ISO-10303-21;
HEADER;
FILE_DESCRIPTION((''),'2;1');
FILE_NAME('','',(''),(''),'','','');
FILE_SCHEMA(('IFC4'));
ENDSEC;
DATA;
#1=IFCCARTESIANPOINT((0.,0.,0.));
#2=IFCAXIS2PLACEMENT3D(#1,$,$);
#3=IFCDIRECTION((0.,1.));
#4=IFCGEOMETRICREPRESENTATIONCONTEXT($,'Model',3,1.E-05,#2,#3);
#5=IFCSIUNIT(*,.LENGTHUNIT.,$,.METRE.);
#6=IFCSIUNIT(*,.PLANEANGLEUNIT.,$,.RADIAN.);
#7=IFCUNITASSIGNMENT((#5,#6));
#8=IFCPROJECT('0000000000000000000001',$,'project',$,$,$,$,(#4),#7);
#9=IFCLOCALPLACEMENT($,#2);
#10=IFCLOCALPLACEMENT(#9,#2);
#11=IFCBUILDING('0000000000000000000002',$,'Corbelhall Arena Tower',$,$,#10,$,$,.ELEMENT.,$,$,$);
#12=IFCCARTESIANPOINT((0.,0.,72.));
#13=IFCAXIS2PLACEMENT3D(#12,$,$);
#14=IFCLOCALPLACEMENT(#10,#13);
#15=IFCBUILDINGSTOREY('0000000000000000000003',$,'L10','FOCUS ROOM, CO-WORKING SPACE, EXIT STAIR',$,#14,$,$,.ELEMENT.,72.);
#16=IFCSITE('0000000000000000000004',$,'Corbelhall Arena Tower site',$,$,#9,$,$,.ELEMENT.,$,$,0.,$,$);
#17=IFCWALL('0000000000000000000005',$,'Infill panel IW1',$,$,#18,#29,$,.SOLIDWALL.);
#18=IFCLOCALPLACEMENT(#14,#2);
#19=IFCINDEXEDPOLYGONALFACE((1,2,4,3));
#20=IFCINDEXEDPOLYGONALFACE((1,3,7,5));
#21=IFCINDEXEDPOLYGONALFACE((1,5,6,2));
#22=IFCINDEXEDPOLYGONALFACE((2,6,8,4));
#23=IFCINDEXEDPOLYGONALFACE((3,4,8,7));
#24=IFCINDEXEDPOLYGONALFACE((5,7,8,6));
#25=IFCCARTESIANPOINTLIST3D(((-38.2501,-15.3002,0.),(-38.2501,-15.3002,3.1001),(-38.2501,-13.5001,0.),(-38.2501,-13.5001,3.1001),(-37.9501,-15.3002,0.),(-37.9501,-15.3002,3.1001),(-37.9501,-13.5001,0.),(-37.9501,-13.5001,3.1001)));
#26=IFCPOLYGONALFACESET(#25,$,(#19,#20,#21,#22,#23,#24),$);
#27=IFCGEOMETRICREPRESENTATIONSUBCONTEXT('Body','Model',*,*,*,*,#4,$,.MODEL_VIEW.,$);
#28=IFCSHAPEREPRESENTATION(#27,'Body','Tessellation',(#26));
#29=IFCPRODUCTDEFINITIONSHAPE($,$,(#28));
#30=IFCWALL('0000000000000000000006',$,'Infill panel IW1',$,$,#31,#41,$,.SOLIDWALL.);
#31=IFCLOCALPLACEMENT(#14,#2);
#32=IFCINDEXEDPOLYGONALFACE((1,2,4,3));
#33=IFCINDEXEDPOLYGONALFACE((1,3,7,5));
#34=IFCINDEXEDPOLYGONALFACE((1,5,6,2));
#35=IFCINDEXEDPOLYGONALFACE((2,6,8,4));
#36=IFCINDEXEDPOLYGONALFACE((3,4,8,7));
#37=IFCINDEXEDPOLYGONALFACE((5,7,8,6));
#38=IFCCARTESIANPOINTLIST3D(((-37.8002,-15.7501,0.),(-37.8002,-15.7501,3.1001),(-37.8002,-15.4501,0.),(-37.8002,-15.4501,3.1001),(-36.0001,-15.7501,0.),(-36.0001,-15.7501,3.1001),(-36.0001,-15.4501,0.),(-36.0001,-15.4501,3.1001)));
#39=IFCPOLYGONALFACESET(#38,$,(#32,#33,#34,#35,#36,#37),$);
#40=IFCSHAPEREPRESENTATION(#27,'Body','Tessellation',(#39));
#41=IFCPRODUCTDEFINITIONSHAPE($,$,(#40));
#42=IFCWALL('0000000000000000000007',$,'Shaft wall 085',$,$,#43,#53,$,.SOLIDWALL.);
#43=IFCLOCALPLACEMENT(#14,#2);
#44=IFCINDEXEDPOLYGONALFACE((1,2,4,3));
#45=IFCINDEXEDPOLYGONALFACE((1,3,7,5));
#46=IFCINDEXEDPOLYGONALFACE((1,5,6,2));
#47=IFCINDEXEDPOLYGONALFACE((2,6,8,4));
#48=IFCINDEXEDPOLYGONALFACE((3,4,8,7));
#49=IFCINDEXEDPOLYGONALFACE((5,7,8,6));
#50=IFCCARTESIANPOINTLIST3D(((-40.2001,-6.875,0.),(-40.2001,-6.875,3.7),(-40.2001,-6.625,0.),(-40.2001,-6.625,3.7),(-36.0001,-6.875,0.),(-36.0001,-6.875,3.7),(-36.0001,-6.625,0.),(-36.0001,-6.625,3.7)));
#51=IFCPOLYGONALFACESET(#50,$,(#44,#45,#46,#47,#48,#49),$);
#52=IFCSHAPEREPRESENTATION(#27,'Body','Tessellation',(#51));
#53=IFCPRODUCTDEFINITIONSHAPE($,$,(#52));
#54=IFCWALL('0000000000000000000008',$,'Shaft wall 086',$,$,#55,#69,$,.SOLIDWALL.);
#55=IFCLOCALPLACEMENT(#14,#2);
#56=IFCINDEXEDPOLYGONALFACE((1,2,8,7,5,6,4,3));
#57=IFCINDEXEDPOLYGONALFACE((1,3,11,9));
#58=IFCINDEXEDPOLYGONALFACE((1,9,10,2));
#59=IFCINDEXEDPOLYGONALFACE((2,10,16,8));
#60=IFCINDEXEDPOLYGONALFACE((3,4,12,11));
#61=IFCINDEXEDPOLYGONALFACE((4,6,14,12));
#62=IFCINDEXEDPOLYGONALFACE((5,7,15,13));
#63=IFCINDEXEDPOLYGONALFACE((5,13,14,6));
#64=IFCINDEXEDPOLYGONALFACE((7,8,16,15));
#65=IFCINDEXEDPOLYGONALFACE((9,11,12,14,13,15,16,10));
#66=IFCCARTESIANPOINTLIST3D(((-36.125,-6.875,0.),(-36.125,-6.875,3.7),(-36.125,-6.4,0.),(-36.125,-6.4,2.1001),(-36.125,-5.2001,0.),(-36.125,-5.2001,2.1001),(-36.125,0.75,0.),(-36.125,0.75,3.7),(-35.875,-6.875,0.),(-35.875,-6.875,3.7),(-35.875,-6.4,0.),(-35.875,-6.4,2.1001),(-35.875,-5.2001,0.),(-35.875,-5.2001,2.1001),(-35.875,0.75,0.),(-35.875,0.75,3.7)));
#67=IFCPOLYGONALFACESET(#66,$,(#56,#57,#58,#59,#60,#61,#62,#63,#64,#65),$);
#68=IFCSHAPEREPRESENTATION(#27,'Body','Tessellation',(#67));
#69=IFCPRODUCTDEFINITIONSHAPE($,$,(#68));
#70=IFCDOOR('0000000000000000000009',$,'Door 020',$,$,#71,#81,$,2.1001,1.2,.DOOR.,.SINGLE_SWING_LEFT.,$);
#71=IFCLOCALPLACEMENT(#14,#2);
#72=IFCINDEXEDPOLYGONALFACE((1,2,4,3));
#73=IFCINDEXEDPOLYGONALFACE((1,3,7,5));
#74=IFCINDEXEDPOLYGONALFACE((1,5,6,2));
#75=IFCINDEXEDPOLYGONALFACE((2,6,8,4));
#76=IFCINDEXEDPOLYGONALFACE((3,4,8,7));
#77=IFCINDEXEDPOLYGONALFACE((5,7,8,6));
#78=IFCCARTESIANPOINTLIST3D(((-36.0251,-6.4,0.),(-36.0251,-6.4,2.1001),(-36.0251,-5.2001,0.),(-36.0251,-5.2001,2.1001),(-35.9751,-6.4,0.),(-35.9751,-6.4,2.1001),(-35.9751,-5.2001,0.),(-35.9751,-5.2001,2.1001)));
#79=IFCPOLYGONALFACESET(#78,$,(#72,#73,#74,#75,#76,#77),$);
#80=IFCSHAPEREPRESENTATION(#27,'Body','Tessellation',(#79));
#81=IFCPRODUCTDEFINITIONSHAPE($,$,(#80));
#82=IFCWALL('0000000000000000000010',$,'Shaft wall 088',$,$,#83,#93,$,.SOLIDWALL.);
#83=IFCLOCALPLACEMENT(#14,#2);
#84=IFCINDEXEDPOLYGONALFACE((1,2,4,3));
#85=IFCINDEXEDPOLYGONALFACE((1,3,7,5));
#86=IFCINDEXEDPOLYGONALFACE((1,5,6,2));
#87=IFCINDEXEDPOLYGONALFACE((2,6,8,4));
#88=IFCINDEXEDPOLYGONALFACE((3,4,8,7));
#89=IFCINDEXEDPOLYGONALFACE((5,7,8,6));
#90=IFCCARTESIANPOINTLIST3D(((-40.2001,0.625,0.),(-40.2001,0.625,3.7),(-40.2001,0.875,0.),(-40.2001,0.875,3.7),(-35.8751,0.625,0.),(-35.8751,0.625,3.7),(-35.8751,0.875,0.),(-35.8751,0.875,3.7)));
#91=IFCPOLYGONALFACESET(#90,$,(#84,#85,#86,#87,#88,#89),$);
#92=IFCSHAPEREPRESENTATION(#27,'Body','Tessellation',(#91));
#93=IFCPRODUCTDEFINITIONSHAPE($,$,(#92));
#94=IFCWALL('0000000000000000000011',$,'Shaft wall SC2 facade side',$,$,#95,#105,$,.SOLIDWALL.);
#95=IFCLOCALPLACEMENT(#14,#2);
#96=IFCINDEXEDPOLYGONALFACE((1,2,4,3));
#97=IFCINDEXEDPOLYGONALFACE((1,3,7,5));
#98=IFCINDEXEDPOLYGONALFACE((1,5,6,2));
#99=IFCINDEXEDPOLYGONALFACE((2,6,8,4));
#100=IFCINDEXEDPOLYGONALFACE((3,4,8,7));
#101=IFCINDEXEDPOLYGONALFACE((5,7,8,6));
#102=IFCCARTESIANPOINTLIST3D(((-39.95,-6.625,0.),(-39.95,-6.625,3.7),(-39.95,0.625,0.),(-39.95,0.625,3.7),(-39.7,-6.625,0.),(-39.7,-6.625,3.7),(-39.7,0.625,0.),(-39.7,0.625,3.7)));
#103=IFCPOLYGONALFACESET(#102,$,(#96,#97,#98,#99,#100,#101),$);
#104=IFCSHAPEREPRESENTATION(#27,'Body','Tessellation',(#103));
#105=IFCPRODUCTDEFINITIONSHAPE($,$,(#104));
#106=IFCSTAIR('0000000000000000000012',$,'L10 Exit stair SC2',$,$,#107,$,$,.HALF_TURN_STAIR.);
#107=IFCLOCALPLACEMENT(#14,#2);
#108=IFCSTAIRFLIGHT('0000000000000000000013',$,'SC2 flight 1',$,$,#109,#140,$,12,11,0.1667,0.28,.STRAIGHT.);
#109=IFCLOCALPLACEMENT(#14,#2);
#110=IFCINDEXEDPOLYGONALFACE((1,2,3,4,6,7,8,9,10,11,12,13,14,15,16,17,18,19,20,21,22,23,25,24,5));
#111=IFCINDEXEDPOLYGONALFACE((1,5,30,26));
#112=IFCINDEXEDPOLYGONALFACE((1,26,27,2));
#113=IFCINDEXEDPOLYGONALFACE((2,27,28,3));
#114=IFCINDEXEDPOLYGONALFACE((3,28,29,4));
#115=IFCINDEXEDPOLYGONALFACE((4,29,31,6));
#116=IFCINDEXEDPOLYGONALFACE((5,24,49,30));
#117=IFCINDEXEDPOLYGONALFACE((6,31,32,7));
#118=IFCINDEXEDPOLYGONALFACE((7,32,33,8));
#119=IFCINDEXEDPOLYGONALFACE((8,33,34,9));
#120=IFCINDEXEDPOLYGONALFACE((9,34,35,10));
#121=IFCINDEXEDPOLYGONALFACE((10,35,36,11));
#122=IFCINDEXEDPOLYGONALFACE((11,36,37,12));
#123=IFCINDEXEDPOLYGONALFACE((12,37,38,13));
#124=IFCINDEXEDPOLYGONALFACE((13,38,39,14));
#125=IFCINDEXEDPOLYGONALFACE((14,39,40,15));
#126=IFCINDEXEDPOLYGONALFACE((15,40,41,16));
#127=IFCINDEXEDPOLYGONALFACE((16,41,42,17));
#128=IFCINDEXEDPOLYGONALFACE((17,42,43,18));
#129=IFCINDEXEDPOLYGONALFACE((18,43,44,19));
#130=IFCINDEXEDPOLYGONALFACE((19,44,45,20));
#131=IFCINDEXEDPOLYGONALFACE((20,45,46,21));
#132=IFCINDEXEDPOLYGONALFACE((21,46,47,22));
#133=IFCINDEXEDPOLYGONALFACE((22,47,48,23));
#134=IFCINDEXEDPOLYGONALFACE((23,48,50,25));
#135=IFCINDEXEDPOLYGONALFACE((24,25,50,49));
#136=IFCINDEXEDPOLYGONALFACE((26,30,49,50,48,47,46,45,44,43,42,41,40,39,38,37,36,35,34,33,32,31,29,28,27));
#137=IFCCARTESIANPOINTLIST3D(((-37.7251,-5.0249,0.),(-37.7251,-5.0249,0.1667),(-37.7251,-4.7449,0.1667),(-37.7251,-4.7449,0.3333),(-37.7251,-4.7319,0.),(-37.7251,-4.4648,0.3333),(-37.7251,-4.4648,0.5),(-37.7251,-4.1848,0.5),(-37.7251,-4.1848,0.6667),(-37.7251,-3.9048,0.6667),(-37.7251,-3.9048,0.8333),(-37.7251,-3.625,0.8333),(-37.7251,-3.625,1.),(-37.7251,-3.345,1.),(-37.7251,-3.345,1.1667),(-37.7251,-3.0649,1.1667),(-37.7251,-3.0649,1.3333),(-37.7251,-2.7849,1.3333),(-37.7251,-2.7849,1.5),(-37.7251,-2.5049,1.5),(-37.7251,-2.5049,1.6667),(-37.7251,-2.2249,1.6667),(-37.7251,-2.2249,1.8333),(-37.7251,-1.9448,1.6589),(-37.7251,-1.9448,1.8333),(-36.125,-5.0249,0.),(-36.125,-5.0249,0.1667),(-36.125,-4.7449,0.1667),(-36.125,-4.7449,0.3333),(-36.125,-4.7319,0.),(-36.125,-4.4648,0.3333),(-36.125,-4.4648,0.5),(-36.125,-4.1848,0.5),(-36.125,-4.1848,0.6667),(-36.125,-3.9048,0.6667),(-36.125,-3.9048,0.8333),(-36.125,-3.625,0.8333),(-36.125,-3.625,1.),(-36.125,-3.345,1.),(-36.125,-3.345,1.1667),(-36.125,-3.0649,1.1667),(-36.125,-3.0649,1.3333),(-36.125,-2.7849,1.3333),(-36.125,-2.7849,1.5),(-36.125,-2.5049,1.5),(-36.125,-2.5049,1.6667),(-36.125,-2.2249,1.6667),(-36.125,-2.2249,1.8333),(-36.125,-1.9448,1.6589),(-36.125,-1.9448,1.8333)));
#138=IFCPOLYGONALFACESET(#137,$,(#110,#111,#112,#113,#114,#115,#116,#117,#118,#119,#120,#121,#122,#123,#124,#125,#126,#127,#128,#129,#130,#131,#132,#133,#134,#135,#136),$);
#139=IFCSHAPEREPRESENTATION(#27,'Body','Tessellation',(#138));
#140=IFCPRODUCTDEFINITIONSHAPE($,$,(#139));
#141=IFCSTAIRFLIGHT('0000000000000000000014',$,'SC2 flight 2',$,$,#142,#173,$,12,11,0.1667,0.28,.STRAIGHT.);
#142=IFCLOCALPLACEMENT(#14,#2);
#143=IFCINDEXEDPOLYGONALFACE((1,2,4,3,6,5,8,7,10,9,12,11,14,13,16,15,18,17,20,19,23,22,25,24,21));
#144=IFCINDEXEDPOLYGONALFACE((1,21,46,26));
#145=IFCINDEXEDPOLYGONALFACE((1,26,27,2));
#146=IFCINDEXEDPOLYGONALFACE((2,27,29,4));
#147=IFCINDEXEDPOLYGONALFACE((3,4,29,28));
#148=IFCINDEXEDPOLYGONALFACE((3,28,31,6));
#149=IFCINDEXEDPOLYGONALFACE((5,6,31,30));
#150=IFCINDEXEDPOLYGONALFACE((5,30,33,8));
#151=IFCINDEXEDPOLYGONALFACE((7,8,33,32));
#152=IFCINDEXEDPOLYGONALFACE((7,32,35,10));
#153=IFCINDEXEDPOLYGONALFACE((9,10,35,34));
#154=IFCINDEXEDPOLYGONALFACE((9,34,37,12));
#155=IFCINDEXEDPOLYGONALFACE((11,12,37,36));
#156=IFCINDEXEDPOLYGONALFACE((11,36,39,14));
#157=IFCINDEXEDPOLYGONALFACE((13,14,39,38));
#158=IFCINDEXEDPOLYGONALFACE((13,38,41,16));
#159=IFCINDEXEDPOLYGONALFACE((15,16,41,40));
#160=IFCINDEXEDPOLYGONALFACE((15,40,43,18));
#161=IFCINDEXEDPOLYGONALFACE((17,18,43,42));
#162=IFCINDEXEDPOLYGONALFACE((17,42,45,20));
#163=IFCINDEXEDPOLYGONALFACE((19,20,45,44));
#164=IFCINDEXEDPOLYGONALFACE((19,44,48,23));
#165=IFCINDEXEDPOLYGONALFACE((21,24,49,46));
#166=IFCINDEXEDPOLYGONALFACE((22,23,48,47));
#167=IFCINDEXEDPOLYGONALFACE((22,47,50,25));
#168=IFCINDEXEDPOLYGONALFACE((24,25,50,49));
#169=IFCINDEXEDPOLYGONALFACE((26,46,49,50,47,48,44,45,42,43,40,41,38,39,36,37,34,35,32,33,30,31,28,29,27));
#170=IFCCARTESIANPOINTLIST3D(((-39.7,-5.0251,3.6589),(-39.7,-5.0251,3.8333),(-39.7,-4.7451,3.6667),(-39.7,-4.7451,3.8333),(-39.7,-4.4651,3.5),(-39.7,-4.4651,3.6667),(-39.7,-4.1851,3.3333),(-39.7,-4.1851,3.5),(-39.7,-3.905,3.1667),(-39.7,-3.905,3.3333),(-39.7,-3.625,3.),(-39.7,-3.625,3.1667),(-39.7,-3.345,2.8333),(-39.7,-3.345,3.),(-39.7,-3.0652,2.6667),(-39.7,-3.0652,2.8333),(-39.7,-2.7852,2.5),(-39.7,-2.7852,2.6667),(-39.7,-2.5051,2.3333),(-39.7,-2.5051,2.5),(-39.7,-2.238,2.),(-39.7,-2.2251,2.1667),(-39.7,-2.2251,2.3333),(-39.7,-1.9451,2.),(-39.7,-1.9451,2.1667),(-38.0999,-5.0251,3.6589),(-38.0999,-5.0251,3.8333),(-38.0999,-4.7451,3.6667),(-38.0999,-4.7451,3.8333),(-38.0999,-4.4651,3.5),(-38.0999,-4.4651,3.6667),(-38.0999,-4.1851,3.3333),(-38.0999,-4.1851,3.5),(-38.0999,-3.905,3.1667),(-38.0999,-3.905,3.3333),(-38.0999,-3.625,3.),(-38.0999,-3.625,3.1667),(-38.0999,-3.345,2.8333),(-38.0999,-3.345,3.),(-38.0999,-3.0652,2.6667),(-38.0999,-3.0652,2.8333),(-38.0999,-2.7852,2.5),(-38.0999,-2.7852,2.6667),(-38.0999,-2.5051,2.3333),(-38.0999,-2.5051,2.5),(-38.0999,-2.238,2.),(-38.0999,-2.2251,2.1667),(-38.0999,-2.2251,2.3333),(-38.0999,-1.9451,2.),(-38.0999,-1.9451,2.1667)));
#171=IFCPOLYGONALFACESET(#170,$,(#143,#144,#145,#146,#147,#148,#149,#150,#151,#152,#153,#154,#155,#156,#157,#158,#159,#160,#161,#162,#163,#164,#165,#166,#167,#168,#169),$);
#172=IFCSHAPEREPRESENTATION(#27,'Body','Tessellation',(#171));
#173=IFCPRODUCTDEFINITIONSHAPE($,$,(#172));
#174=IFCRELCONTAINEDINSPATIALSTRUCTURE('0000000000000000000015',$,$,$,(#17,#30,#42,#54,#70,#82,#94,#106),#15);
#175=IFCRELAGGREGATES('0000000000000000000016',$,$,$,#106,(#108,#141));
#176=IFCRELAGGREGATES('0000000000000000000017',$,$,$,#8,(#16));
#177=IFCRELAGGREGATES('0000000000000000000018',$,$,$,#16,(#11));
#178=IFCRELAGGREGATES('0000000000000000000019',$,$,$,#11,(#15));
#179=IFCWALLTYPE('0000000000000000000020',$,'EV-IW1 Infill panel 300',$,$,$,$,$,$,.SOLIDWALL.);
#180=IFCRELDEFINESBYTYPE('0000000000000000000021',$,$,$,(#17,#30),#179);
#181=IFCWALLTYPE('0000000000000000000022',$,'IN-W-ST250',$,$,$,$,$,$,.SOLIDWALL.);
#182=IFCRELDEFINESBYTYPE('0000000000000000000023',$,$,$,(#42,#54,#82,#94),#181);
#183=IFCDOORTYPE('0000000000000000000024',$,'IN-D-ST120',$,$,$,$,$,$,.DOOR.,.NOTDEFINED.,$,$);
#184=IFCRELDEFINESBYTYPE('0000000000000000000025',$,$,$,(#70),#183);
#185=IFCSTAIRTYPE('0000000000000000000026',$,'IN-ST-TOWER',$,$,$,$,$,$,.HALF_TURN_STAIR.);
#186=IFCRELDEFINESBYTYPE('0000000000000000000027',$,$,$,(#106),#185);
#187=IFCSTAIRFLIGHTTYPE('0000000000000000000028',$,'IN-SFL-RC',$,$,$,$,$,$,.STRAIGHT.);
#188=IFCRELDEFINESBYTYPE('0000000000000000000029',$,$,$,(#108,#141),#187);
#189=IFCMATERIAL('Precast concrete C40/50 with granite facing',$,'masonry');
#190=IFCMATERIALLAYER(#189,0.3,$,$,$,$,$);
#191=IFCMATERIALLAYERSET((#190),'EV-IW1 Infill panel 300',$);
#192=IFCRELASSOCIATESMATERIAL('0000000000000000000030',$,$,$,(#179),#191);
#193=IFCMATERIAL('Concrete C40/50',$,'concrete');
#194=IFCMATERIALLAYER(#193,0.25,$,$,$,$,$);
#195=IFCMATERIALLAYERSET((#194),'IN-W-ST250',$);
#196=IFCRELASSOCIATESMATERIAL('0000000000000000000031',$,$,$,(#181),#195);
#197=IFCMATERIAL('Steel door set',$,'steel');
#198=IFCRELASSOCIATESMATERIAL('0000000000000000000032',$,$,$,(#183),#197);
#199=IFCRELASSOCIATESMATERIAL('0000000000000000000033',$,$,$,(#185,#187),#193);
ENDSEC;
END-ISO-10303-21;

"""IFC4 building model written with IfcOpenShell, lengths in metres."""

from ifc_helpers import new_model, si_unit, direction, frame, frame_2d, origin, place, context, subcontext, project, spatial, polyline, rectangle, outline, extrude, material, layer, layer_set, type_object, element, fill, aggregate, save


model = new_model("IFC4")

# Units and contexts
model_context = context("Model", 3, precision=1e-05, world=origin(), true_north=direction((0.0, 1.0)))
body_context = subcontext(model_context, "Body", "Model", "MODEL_VIEW")
ifc_project = project(units=[si_unit("LENGTHUNIT", "METRE"), si_unit("PLANEANGLEUNIT", "RADIAN")], contexts=[model_context])

# Site, building, storey
site_placement = place(None, origin())
site = spatial("IfcSite", under=ifc_project, at=site_placement, Name="Corbelhall Arena Tower site", CompositionType="ELEMENT", RefElevation=0.0)
building_placement = place(site_placement, origin())
building = spatial("IfcBuilding", under=site, at=building_placement, Name="Corbelhall Arena Tower", CompositionType="ELEMENT")
storey_placement = place(building_placement, frame((0.0, 0.0, 72.0)))
storey = spatial("IfcBuildingStorey", under=building, at=storey_placement, Name="L10", Description="FOCUS ROOM, CO-WORKING SPACE, EXIT STAIR", CompositionType="ELEMENT", Elevation=72.0)

# Walls
ifc_material_1 = material(Name="Precast concrete C40/50 with granite facing", Category="masonry")
ifc_layer_1 = layer(ifc_material_1, 0.3)
ifc_layer_set_1 = layer_set([ifc_layer_1], Name="EV-IW1 Infill panel 300")
wall_type_1 = type_object("IfcWallType", Name="EV-IW1 Infill panel 300", PredefinedType="SOLIDWALL", material=ifc_layer_set_1)
for number, where, z_axis, x_axis, name in (
    (1, (-38.1001, -15.3, 0.0), (0.0, 0.0, 1.0), (0.0, 1.0, 0.0), "Infill panel IW1"),
    (2, (-37.8, -15.6001, 0.0), (0.0, 0.0, 1.0), (1.0, 0.0, 0.0), "Infill panel IW1"),
):
    element("IfcWall", number, at=place(storey_placement, frame(where, z_axis=z_axis, x_axis=x_axis)), inside=storey, type_object=wall_type_1, Name=name, PredefinedType="SOLIDWALL", context=body_context, shape_type="SweptSolid", body=[
        extrude(rectangle(XDim=1.8, YDim=0.3, at=frame_2d((0.8999, 0.0))), origin(), (0.0, 0.0, 1.0), 3.1001),
    ])

# Shared definitions
ifc_material_2 = material(Name="Steel door set", Category="steel")

# Wall
ifc_material_3 = material(Name="Concrete C40/50", Category="concrete")
ifc_layer_2 = layer(ifc_material_3, 0.25)
ifc_layer_set_2 = layer_set([ifc_layer_2], Name="IN-W-ST250")
wall_type_2 = type_object("IfcWallType", Name="IN-W-ST250", PredefinedType="SOLIDWALL", material=ifc_layer_set_2)
wall_1_placement = place(storey_placement, frame((-36.0, -6.75, 0.0), z_axis=(0.0, 0.0, 1.0), x_axis=(-1.0, 0.0, 0.0)))
element("IfcWall", 3, at=wall_1_placement, inside=storey, type_object=wall_type_2, Name="Shaft wall 085", PredefinedType="SOLIDWALL", context=body_context, shape_type="SweptSolid", body=[
    extrude(rectangle(XDim=4.2, YDim=0.25, at=frame_2d((2.1001, 0.0))), origin(), (0.0, 0.0, 1.0), 3.7),
])

# Wall, opening, door
wall_2_placement = place(storey_placement, frame((-36.0, 0.75, 0.0), z_axis=(0.0, 0.0, 1.0), x_axis=(0.0, -1.0, 0.0)))
wall_2 = element("IfcWall", 4, at=wall_2_placement, inside=storey, type_object=wall_type_2, Name="Shaft wall 086", PredefinedType="SOLIDWALL", context=body_context, shape_type="SweptSolid", body=[
    extrude(rectangle(XDim=7.625, YDim=0.25, at=frame_2d((3.8125, 0.0))), origin(), (0.0, 0.0, 1.0), 3.7),
])
opening_1_placement = place(wall_2_placement, frame((5.95, 0.0, 0.0)))
opening_1 = element("IfcOpeningElement", 5, at=opening_1_placement, cuts=wall_2, PredefinedType="OPENING", context=body_context, shape_type="SweptSolid", body=[
    extrude(rectangle(XDim=1.2, YDim=2.1001, at=frame_2d((0.6001, 1.05))), frame((0.0, 0.125, 0.0), z_axis=(0.0, -1.0, 0.0), x_axis=(1.0, 0.0, 0.0)), (0.0, 0.0, 1.0), 0.25),
])
door_type_1 = type_object("IfcDoorType", Name="IN-D-ST120", OperationType="NOTDEFINED", PredefinedType="DOOR", material=ifc_material_2)
door_1_placement = place(opening_1_placement, origin())
door_1 = element("IfcDoor", 6, at=door_1_placement, inside=storey, type_object=door_type_1, Name="Door 020", OperationType="SINGLE_SWING_LEFT", OverallHeight=2.1001, OverallWidth=1.2, PredefinedType="DOOR", context=body_context, shape_type="SweptSolid", body=[
    extrude(rectangle(XDim=1.2, YDim=2.1001, at=frame_2d((0.6001, 1.05))), frame((0.0, 0.0249, 0.0), z_axis=(0.0, -1.0, 0.0), x_axis=(1.0, 0.0, 0.0)), (0.0, 0.0, 1.0), 0.05),
])
fill(opening_1, door_1)

# Walls
wall_3_placement = place(storey_placement, frame((-35.875, 0.75, 0.0), z_axis=(0.0, 0.0, 1.0), x_axis=(-1.0, 0.0, 0.0)))
element("IfcWall", 7, at=wall_3_placement, inside=storey, type_object=wall_type_2, Name="Shaft wall 088", PredefinedType="SOLIDWALL", context=body_context, shape_type="SweptSolid", body=[
    extrude(rectangle(XDim=4.325, YDim=0.25, at=frame_2d((2.1626, 0.0))), origin(), (0.0, 0.0, 1.0), 3.7),
])
wall_4_placement = place(storey_placement, frame((-39.825, -6.625, 0.0), z_axis=(0.0, 0.0, 1.0), x_axis=(0.0, 1.0, 0.0)))
element("IfcWall", 8, at=wall_4_placement, inside=storey, type_object=wall_type_2, Name="Shaft wall SC2 facade side", PredefinedType="SOLIDWALL", context=body_context, shape_type="SweptSolid", body=[
    extrude(rectangle(XDim=7.25, YDim=0.25, at=frame_2d((3.625, 0.0))), origin(), (0.0, 0.0, 1.0), 3.7),
])

# Stair, stair flights
stair_type = type_object("IfcStairType", Name="IN-ST-TOWER", PredefinedType="HALF_TURN_STAIR", material=ifc_material_3)
stair_placement = place(storey_placement, origin())
stair = element("IfcStair", 9, at=stair_placement, inside=storey, type_object=stair_type, Name="L10 Exit stair SC2", PredefinedType="HALF_TURN_STAIR")
stair_flight_type = type_object("IfcStairFlightType", Name="IN-SFL-RC", PredefinedType="STRAIGHT", material=ifc_material_3)
stair_flight_1_placement = place(storey_placement, frame((-36.925, -5.0249, 0.0), z_axis=(0.0, 0.0, 1.0), x_axis=(0.0, 1.0, 0.0)))
stair_flight_1 = element("IfcStairFlight", 10, at=stair_flight_1_placement, type_object=stair_flight_type, Name="SC2 flight 1", NumberOfRisers=12, NumberOfTreads=11, PredefinedType="STRAIGHT", RiserHeight=0.1667, TreadLength=0.28, context=body_context, shape_type="SweptSolid", body=[
    extrude(outline(polyline([(0.0, 0.0), (0.0, 0.1667), (0.28, 0.1667), (0.28, 0.3333), (0.5601, 0.3333), (0.5601, 0.5), (0.8401, 0.5), (0.8401, 0.6667), (1.1201, 0.6667), (1.1201, 0.8333), (1.3999, 0.8333), (1.3999, 1.0), (1.6799, 1.0), (1.6799, 1.1667), (1.96, 1.1667), (1.96, 1.3333), (2.24, 1.3333), (2.24, 1.5), (2.52, 1.5), (2.52, 1.6667), (2.8, 1.6667), (2.8, 1.8333), (3.0801, 1.8333), (3.0801, 2.0), (3.0801, 1.6589), (0.293, 0.0), (0.0, 0.0)])), frame((0.0, 0.8, 0.0), z_axis=(0.0, -1.0, 0.0), x_axis=(1.0, 0.0, 0.0)), (0.0, 0.0, 1.0), 1.6001),
])
stair_flight_2_placement = place(storey_placement, frame((-38.8999, -1.9451, 2.0), z_axis=(0.0, 0.0, 1.0), x_axis=(0.0, -1.0, 0.0)))
stair_flight_2 = element("IfcStairFlight", 11, at=stair_flight_2_placement, type_object=stair_flight_type, Name="SC2 flight 2", NumberOfRisers=12, NumberOfTreads=11, PredefinedType="STRAIGHT", RiserHeight=0.1667, TreadLength=0.28, context=body_context, shape_type="SweptSolid", body=[
    extrude(outline(polyline([(0.0, 0.0), (0.0, 0.1667), (0.28, 0.1667), (0.28, 0.3333), (0.5601, 0.3333), (0.5601, 0.5), (0.8401, 0.5), (0.8401, 0.6667), (1.1201, 0.6667), (1.1201, 0.8333), (1.3999, 0.8333), (1.3999, 1.0), (1.6799, 1.0), (1.6799, 1.1667), (1.96, 1.1667), (1.96, 1.3333), (2.24, 1.3333), (2.24, 1.5), (2.52, 1.5), (2.52, 1.6667), (2.8, 1.6667), (2.8, 1.8333), (3.0801, 1.8333), (3.0801, 2.0), (3.0801, 1.6589), (0.293, 0.0), (0.0, 0.0)])), frame((0.0, 0.8, 0.0), z_axis=(0.0, -1.0, 0.0), x_axis=(1.0, 0.0, 0.0)), (0.0, 0.0, 1.0), 1.6001),
])
aggregate(stair, [stair_flight_1, stair_flight_2])

save(model, "model.ifc")
